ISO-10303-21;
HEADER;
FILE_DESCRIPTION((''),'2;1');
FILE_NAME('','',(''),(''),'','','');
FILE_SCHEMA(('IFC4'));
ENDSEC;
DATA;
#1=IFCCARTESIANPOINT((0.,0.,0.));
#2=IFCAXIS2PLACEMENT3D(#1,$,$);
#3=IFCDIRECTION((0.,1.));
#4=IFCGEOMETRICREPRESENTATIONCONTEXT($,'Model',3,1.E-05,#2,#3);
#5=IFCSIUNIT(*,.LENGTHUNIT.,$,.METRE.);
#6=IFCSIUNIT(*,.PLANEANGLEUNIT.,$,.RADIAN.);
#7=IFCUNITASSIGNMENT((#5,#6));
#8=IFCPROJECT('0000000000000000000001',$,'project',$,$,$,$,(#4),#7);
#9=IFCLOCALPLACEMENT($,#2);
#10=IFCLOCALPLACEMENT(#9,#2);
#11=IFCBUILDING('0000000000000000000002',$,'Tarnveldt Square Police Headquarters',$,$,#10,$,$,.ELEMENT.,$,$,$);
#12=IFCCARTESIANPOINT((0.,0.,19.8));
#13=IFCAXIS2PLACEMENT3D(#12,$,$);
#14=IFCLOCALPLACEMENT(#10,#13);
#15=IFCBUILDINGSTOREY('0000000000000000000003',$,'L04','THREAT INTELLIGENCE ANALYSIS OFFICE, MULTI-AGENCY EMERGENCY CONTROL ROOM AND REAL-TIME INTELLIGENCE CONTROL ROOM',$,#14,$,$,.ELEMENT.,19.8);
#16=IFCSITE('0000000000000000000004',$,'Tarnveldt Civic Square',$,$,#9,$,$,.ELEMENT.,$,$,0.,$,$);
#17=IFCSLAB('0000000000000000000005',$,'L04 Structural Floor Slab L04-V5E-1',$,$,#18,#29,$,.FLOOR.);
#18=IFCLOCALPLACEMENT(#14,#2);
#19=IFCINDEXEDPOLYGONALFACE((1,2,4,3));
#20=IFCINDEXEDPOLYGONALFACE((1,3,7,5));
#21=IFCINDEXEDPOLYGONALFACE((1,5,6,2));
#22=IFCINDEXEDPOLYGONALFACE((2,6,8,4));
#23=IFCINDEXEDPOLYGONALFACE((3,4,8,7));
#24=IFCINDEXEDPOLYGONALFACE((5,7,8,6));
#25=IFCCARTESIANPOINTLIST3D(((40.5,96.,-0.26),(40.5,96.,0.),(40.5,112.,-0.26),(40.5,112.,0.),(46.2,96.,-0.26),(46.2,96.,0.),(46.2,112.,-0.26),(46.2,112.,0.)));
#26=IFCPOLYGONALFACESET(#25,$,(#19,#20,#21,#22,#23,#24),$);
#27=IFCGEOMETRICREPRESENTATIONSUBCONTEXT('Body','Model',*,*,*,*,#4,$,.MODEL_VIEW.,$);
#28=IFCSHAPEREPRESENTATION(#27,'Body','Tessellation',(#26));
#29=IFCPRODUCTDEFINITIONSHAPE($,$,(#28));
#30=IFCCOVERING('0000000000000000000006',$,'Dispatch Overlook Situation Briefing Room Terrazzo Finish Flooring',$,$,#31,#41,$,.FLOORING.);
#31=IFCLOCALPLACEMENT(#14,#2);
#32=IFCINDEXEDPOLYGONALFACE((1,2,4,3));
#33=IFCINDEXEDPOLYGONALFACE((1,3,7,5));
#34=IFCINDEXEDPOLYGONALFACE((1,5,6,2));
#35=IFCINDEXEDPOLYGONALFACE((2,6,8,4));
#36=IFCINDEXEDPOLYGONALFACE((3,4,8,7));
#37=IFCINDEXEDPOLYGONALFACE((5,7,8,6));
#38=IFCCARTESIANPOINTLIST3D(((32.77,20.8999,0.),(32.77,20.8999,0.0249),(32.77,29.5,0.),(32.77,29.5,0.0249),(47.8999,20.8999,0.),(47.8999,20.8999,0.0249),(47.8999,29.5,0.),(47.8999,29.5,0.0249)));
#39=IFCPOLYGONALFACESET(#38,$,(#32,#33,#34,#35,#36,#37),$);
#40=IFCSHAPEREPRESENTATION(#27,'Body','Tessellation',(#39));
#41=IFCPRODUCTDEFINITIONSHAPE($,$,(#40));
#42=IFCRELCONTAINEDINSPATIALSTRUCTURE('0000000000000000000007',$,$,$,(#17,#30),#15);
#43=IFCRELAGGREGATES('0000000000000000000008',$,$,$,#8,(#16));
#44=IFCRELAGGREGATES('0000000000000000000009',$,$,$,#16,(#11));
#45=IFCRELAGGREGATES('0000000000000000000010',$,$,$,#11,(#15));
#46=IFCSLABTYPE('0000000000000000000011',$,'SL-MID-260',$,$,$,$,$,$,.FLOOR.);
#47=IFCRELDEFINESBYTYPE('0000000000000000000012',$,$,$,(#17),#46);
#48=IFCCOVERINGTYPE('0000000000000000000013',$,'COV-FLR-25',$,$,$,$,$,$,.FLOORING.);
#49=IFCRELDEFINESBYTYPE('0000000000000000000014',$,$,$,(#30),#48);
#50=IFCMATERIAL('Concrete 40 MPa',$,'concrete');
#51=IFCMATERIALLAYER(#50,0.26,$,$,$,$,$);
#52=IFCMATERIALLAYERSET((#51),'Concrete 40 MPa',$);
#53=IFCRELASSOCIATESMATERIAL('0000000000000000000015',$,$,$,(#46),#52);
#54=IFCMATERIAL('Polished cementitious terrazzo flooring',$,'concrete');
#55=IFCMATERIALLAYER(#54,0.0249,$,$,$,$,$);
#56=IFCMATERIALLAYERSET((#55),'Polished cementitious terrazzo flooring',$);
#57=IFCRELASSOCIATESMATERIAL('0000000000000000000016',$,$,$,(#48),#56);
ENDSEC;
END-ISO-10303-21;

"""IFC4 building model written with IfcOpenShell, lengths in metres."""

from ifc_helpers import new_model, si_unit, direction, frame, origin, place, context, subcontext, project, spatial, polyline, outline, extrude, material, layer, layer_set, type_object, element, save


model = new_model("IFC4")

# Units and contexts
model_context = context("Model", 3, precision=1e-05, world=origin(), true_north=direction((0.0, 1.0)))
body_context = subcontext(model_context, "Body", "Model", "MODEL_VIEW")
ifc_project = project(units=[si_unit("LENGTHUNIT", "METRE"), si_unit("PLANEANGLEUNIT", "RADIAN")], contexts=[model_context])

# Site, building, storey
site_placement = place(None, origin())
site = spatial("IfcSite", under=ifc_project, at=site_placement, Name="Tarnveldt Civic Square", CompositionType="ELEMENT", RefElevation=0.0)
building_placement = place(site_placement, origin())
building = spatial("IfcBuilding", under=site, at=building_placement, Name="Tarnveldt Square Police Headquarters", CompositionType="ELEMENT")
storey_placement = place(building_placement, frame((0.0, 0.0, 19.8)))
storey = spatial("IfcBuildingStorey", under=building, at=storey_placement, Name="L04", Description="THREAT INTELLIGENCE ANALYSIS OFFICE, MULTI-AGENCY EMERGENCY CONTROL ROOM AND REAL-TIME INTELLIGENCE CONTROL ROOM", CompositionType="ELEMENT", Elevation=19.8)

# Shared definitions
ifc_material_1 = material(Name="Concrete 40 MPa", Category="concrete")

# Slab
ifc_layer_1 = layer(ifc_material_1, 0.26)
ifc_layer_set_1 = layer_set([ifc_layer_1], Name="Concrete 40 MPa")
slab_type_1 = type_object("IfcSlabType", Name="SL-MID-260", PredefinedType="FLOOR", material=ifc_layer_set_1)
slab_1_placement = place(storey_placement, frame((0.0, 0.0, -0.26)))
element("IfcSlab", 1, at=slab_1_placement, inside=storey, type_object=slab_type_1, Name="L04 Structural Floor Slab L04-V5E-1", PredefinedType="FLOOR", context=body_context, shape_type="SweptSolid", body=[
    extrude(outline(polyline([(40.5, 96.0), (40.5, 112.0), (46.2, 112.0), (46.2, 96.0), (40.5, 96.0)])), origin(), (0.0, 0.0, 1.0), 0.26),
])

# Covering
ifc_material_2 = material(Name="Polished cementitious terrazzo flooring", Category="concrete")
ifc_layer_2 = layer(ifc_material_2, 0.0249)
ifc_layer_set_2 = layer_set([ifc_layer_2], Name="Polished cementitious terrazzo flooring")
covering_type = type_object("IfcCoveringType", Name="COV-FLR-25", PredefinedType="FLOORING", material=ifc_layer_set_2)
covering_1_placement = place(storey_placement, origin())
element("IfcCovering", 2, at=covering_1_placement, inside=storey, type_object=covering_type, Name="Dispatch Overlook Situation Briefing Room Terrazzo Finish Flooring", PredefinedType="FLOORING", context=body_context, shape_type="SweptSolid", body=[
    extrude(outline(polyline([(32.77, 20.8999), (32.77, 29.5), (47.8999, 29.5), (47.8999, 20.8999), (32.77, 20.8999)])), origin(), (0.0, 0.0, 1.0), 0.0249),
])

save(model, "model.ifc")
